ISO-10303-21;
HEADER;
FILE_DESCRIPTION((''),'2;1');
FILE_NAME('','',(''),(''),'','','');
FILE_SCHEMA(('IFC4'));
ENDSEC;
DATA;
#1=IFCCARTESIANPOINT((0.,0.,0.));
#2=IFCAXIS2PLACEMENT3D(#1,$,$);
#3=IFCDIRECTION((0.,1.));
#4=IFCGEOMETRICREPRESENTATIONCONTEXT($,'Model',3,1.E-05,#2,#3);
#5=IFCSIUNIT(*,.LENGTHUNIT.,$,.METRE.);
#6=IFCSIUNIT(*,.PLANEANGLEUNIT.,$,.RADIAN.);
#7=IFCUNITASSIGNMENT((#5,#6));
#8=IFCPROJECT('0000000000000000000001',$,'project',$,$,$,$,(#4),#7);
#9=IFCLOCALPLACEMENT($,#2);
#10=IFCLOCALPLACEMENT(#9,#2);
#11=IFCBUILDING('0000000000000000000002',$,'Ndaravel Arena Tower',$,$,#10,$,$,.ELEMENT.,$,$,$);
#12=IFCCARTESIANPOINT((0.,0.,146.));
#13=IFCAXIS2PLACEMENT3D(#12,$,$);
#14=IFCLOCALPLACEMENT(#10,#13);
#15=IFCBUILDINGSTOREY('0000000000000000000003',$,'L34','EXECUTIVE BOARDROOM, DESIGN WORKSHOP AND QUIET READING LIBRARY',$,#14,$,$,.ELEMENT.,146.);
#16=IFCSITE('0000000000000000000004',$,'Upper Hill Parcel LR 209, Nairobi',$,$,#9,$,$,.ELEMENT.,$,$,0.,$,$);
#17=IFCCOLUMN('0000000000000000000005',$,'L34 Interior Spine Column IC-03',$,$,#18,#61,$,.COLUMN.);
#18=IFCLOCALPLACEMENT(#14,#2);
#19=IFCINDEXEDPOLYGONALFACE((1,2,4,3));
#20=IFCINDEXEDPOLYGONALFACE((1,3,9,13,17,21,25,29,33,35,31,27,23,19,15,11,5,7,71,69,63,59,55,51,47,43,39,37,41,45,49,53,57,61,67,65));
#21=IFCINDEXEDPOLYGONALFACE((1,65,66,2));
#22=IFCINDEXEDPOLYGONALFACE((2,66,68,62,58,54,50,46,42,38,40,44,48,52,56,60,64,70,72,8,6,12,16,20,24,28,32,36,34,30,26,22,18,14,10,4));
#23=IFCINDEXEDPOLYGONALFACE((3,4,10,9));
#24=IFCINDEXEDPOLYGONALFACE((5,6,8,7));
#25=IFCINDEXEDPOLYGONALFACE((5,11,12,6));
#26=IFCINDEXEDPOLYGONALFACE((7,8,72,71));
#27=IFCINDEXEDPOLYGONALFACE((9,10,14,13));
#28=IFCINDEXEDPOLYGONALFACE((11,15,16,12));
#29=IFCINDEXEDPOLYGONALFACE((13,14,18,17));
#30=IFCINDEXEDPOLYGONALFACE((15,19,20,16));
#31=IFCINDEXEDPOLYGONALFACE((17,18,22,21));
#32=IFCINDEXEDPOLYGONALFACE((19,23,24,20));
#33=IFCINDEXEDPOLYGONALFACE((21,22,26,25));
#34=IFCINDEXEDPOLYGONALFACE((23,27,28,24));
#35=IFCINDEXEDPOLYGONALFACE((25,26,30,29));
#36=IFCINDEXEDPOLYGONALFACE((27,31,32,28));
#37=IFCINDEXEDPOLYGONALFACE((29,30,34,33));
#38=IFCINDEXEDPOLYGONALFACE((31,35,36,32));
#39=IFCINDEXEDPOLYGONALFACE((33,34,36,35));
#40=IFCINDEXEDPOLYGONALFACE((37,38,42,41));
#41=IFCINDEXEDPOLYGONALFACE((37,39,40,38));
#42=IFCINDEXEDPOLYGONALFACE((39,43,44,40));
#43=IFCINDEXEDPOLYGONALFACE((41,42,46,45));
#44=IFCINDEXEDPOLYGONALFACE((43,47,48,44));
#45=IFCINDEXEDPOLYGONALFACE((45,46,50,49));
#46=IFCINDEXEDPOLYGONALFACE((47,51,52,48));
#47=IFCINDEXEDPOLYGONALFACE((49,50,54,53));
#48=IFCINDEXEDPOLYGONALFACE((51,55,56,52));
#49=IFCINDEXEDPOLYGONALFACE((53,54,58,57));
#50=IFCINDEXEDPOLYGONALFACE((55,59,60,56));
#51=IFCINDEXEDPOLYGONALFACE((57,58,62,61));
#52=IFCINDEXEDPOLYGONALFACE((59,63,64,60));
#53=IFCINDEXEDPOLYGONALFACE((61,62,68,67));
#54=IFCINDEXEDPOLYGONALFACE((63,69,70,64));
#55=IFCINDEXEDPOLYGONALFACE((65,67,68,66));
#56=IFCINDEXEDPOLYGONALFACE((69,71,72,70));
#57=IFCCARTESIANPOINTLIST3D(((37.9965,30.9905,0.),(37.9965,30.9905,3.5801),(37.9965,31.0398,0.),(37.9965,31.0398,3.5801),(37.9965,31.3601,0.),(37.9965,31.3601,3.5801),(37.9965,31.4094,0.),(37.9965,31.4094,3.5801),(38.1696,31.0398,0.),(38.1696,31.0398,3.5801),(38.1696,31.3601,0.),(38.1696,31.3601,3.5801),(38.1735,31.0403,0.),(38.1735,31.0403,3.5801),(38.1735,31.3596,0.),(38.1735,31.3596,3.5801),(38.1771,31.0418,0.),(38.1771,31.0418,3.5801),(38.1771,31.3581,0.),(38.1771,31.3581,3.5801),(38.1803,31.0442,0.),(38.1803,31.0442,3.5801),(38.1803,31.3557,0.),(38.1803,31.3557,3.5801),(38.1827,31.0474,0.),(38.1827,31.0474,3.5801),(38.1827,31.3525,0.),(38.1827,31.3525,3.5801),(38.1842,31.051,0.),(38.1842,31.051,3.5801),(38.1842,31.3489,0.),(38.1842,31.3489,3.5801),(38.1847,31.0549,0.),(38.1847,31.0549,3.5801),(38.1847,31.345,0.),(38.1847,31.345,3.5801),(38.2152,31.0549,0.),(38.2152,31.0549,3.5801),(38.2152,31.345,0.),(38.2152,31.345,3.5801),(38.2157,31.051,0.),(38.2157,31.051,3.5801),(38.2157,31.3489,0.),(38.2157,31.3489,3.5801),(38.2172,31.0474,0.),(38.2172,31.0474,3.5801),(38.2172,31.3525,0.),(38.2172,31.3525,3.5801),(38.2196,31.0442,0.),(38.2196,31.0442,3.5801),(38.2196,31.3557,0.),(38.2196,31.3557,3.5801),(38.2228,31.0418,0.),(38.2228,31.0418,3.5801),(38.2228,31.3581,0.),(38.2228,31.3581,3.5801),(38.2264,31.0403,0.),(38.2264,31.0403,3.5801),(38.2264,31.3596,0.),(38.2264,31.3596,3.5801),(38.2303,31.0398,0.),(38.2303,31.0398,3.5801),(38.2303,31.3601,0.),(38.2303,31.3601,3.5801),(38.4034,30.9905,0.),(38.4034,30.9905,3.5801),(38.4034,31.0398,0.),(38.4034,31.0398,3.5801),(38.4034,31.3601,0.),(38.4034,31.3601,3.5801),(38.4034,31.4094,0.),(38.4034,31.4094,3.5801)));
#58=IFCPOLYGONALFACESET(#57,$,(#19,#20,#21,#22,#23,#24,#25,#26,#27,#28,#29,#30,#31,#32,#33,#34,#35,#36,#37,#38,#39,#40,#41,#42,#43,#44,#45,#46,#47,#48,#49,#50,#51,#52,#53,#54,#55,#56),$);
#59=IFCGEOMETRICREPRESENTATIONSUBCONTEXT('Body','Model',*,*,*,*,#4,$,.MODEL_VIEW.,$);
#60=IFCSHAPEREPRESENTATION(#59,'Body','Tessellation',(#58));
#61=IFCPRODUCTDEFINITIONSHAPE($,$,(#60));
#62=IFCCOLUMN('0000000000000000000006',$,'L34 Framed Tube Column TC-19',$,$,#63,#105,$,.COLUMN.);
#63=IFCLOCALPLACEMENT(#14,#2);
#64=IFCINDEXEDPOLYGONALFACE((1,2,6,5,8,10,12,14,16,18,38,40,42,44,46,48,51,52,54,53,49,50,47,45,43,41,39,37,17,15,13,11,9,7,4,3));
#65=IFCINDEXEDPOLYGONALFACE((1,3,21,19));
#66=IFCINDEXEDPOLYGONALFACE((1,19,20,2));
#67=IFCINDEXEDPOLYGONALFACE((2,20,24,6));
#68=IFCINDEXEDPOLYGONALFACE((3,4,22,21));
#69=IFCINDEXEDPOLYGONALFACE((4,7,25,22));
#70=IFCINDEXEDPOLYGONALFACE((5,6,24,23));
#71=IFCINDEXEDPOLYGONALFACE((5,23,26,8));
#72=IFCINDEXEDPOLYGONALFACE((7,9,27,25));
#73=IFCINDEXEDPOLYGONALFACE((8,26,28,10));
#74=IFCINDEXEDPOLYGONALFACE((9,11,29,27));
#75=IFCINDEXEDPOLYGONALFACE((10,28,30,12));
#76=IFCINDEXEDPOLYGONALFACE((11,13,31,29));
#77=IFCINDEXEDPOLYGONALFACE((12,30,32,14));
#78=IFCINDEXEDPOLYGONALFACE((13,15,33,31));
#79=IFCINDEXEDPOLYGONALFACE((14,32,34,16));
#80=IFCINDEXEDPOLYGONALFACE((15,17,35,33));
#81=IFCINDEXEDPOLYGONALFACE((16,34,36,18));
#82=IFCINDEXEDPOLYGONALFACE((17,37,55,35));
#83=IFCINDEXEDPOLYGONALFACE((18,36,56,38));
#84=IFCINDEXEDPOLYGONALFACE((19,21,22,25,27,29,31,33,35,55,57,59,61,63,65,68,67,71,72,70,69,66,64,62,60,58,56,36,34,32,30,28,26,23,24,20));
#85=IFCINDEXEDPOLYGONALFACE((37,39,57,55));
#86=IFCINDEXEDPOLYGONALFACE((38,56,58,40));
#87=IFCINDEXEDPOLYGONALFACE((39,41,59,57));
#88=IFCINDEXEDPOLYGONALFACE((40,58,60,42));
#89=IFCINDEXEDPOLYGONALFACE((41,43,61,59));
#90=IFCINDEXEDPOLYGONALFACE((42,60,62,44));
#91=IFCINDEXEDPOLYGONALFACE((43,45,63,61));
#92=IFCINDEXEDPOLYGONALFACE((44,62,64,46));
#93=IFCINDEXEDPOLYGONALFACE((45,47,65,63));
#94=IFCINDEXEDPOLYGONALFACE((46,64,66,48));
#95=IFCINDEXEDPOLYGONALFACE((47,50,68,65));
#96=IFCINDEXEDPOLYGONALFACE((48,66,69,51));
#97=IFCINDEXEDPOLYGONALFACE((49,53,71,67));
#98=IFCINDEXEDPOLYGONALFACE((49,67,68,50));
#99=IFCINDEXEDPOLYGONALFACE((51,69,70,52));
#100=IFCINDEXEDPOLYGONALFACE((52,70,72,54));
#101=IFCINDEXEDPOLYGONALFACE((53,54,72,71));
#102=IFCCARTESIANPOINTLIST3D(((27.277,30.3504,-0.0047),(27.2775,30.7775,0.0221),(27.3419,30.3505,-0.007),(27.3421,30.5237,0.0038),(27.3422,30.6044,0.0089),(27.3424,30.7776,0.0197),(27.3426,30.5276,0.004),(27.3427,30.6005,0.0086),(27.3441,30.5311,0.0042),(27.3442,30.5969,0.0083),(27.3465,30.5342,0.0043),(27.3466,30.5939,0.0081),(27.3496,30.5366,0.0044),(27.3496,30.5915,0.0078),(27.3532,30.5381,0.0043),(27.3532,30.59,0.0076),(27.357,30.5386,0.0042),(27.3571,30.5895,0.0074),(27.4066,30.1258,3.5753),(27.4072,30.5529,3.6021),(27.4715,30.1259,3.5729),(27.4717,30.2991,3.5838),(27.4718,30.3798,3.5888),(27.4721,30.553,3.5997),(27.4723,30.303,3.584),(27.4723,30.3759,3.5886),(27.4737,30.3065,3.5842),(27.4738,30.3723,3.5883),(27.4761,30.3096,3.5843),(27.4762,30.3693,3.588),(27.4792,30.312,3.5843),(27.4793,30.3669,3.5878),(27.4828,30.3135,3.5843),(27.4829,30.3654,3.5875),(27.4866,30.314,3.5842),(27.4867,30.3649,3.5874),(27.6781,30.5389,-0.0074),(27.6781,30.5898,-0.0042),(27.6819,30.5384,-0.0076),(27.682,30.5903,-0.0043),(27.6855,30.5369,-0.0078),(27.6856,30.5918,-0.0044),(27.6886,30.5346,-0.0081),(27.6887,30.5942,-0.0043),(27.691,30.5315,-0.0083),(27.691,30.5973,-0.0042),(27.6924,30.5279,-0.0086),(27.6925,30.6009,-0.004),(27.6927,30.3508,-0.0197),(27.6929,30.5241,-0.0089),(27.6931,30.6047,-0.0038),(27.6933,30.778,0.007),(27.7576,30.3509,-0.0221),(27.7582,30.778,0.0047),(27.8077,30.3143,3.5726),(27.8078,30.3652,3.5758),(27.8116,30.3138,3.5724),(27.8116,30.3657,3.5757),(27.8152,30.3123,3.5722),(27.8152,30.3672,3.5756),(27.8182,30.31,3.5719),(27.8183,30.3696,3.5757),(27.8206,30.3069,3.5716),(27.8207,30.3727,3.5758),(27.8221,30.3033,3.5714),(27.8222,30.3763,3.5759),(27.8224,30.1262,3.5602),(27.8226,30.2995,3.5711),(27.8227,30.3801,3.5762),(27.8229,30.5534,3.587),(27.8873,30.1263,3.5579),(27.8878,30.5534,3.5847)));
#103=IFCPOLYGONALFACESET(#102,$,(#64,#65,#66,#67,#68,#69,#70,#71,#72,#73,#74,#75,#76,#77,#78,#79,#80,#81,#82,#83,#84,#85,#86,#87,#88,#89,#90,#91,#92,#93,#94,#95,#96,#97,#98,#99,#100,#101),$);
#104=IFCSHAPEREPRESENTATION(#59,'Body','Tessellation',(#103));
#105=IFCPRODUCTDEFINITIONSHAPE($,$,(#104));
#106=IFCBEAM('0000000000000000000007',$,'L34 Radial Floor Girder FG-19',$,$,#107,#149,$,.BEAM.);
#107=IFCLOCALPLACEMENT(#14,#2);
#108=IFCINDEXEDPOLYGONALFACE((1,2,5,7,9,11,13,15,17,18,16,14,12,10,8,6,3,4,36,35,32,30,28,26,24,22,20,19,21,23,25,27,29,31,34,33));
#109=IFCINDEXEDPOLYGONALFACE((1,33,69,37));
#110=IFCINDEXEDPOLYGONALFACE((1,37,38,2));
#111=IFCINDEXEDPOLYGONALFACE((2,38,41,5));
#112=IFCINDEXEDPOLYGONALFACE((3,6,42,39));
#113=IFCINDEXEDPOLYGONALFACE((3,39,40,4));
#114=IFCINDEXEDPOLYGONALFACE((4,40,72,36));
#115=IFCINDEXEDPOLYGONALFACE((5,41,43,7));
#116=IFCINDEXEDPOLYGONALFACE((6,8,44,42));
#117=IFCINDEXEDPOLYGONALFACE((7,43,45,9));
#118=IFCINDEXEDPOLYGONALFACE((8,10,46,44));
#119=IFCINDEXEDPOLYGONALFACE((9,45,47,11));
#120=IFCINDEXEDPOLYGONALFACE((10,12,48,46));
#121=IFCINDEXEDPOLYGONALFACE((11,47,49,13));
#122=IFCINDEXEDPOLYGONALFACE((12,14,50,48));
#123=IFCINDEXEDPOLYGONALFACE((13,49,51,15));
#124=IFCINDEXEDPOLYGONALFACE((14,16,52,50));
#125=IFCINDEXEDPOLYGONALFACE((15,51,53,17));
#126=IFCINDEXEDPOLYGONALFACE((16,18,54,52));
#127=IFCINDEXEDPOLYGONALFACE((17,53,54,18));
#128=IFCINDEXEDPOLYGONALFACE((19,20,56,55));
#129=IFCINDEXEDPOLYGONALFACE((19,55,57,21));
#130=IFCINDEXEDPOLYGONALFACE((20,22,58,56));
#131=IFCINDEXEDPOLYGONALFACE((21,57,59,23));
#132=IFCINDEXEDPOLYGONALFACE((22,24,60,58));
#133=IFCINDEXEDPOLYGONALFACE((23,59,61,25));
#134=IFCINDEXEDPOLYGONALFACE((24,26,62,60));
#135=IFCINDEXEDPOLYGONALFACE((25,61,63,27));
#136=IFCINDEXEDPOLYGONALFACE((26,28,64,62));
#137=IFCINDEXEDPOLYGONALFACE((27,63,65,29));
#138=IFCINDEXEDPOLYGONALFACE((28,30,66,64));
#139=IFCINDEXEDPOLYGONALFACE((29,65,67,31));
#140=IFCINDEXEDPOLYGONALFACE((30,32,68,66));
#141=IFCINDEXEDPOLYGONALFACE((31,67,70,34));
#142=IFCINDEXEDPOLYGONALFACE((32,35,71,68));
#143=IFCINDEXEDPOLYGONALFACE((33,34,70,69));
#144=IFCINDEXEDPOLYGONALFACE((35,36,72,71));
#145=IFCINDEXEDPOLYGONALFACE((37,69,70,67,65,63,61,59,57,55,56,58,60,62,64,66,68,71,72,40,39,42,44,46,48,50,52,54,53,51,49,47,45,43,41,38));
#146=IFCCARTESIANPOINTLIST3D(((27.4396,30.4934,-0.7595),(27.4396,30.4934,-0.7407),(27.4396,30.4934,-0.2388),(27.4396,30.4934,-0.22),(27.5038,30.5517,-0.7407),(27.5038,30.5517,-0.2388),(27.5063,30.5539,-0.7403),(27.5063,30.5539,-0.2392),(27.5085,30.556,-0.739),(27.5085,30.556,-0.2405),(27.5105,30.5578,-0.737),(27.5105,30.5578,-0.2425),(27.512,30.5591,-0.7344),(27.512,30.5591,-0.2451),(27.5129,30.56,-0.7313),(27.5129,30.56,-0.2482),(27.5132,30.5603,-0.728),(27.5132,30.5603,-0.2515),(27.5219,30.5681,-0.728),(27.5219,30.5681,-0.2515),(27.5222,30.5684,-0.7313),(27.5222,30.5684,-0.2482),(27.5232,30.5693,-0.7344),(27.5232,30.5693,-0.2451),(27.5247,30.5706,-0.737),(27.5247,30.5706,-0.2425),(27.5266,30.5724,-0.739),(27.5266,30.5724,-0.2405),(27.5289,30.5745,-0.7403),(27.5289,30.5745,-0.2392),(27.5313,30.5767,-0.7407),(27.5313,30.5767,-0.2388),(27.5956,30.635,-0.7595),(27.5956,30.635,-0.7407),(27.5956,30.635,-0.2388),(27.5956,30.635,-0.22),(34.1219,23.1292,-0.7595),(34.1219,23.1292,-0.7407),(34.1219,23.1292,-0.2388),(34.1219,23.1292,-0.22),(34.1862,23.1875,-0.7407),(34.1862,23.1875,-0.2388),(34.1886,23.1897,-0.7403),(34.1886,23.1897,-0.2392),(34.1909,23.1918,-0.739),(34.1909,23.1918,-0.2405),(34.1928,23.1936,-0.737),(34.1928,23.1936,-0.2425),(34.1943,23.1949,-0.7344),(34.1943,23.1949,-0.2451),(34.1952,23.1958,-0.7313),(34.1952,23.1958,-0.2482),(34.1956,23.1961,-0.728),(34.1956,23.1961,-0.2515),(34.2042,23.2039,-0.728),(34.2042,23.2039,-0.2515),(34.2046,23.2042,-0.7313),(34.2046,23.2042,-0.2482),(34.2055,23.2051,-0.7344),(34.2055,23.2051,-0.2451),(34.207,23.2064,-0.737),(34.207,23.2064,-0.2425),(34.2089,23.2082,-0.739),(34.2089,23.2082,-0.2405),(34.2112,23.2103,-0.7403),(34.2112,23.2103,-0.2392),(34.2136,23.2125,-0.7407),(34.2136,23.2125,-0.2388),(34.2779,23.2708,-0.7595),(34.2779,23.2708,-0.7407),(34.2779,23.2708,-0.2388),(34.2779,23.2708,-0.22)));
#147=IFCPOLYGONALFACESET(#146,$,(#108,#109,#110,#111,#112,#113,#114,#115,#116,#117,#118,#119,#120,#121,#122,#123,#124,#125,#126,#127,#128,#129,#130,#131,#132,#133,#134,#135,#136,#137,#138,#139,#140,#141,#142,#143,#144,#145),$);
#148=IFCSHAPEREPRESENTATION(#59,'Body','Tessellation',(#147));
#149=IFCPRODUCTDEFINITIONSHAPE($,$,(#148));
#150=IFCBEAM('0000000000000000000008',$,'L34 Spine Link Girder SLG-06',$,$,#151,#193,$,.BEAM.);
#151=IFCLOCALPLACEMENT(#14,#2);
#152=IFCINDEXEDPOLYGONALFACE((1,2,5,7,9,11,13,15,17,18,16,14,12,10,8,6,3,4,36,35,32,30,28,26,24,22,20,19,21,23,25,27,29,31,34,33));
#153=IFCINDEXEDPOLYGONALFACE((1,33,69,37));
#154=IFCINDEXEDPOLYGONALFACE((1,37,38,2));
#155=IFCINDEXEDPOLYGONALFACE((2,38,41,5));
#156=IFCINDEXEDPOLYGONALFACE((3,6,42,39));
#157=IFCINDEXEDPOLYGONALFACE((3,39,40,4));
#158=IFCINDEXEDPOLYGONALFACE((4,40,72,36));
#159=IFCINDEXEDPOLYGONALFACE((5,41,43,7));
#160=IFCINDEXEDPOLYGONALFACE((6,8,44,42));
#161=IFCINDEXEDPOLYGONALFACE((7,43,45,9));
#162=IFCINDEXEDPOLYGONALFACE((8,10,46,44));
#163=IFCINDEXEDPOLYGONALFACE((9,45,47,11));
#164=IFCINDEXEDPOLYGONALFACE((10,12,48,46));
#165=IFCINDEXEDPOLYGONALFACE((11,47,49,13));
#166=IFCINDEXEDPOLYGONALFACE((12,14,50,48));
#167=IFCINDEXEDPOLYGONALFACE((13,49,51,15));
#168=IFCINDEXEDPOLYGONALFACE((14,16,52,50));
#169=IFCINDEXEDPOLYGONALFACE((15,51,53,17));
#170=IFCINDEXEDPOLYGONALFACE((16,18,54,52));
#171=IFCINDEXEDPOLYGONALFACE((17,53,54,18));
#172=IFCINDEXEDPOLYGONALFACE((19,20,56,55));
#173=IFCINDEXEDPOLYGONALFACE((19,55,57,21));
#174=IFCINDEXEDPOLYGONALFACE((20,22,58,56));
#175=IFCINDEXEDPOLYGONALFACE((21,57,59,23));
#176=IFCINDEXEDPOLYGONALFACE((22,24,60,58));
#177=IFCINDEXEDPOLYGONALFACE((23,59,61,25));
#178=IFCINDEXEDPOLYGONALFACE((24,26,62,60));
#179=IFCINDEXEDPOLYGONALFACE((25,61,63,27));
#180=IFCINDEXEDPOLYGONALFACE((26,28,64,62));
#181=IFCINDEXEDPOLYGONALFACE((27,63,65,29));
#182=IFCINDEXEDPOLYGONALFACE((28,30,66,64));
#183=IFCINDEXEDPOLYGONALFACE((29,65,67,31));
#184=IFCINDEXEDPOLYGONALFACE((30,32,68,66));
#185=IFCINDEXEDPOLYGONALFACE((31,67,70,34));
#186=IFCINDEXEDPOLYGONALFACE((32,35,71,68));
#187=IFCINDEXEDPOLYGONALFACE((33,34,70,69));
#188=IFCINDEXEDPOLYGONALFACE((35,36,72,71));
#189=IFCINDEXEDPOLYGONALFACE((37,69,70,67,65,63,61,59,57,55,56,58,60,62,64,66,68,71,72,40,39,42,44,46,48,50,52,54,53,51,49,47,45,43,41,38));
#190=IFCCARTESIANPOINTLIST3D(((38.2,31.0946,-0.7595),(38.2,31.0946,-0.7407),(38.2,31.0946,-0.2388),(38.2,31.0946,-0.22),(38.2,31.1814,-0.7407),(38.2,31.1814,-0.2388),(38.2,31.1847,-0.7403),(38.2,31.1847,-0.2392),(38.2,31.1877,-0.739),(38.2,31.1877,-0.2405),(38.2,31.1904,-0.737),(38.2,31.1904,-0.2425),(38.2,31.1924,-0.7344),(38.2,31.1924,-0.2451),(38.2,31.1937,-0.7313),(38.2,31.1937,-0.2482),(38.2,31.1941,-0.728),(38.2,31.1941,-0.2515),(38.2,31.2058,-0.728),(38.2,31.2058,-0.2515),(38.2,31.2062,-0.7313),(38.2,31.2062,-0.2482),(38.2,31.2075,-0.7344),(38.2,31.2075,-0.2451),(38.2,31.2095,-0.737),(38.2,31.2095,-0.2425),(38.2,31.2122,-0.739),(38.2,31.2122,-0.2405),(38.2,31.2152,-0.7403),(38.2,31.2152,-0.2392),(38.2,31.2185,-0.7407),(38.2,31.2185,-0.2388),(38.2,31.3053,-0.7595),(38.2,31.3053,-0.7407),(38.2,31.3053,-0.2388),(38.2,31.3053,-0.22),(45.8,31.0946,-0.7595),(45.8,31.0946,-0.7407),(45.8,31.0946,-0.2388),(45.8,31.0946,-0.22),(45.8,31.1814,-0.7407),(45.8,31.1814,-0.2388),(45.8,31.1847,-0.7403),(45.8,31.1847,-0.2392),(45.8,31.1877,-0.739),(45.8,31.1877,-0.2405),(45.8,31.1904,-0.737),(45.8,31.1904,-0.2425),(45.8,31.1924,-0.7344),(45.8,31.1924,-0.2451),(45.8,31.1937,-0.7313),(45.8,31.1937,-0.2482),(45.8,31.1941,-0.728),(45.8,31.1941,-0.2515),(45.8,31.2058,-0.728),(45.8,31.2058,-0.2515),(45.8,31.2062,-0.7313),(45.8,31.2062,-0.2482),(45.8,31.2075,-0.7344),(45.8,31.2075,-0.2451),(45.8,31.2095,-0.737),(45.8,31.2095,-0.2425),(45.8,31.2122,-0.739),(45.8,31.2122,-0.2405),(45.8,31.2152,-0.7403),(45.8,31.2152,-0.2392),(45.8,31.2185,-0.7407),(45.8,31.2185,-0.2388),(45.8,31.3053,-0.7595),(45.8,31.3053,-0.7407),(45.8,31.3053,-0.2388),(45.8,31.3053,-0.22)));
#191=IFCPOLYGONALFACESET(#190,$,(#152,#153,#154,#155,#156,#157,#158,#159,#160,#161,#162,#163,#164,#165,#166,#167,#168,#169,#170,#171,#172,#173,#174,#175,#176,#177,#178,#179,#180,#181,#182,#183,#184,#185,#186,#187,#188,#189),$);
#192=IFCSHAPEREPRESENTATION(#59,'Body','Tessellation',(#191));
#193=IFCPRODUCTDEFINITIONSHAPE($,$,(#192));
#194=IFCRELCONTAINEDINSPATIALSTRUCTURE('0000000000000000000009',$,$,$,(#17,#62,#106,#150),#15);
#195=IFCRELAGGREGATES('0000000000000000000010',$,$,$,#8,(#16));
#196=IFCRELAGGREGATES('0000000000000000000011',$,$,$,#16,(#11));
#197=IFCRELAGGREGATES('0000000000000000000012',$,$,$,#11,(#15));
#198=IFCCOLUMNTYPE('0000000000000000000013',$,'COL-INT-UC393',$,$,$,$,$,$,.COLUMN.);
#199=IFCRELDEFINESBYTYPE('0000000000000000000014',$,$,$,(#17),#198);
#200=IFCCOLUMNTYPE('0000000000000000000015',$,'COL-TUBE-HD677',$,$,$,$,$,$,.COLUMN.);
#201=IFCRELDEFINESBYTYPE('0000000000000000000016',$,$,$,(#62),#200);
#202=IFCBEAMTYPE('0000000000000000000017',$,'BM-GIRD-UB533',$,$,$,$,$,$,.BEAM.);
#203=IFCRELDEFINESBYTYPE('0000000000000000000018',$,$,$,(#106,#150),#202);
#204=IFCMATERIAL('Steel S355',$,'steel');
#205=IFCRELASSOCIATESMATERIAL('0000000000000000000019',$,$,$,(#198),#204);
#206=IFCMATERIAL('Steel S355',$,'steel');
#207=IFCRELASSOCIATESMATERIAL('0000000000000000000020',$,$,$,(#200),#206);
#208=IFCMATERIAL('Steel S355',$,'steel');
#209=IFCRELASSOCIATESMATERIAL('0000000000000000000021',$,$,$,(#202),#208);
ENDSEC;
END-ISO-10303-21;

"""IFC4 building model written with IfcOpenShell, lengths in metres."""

from ifc_helpers import new_model, si_unit, direction, frame, origin, origin_2d, place, context, subcontext, project, spatial, i_section, extrude, material, material_profile, profile_set, type_object, element, save


model = new_model("IFC4")

# Units and contexts
model_context = context("Model", 3, precision=1e-05, world=origin(), true_north=direction((0.0, 1.0)))
body_context = subcontext(model_context, "Body", "Model", "MODEL_VIEW")
ifc_project = project(units=[si_unit("LENGTHUNIT", "METRE"), si_unit("PLANEANGLEUNIT", "RADIAN")], contexts=[model_context])

# Site, building, storey
site_placement = place(None, origin())
site = spatial("IfcSite", under=ifc_project, at=site_placement, Name="Upper Hill Parcel LR 209, Nairobi", CompositionType="ELEMENT", RefElevation=0.0)
building_placement = place(site_placement, origin())
building = spatial("IfcBuilding", under=site, at=building_placement, Name="Ndaravel Arena Tower", CompositionType="ELEMENT")
storey_placement = place(building_placement, frame((0.0, 0.0, 146.0)))
storey = spatial("IfcBuildingStorey", under=building, at=storey_placement, Name="L34", Description="EXECUTIVE BOARDROOM, DESIGN WORKSHOP AND QUIET READING LIBRARY", CompositionType="ELEMENT", Elevation=146.0)

# Columns
ifc_material_1 = material(Name="Steel S355", Category="steel")
ifc_material_profile_1 = material_profile(ifc_material_1, i_section(OverallWidth=0.407, OverallDepth=0.4189, WebThickness=0.0305, FlangeThickness=0.0493, FilletRadius=0.0151, at=origin_2d()), Name="UC 356x406x393")
ifc_profile_set_1 = profile_set([ifc_material_profile_1], Name="Steel S355")
column_type_1 = type_object("IfcColumnType", Name="COL-INT-UC393", PredefinedType="COLUMN", material=ifc_profile_set_1)
column_1_placement = place(storey_placement, frame((38.2, 31.2, 0.0), z_axis=(0.0, 0.0, 1.0), x_axis=(1.0, 0.0, 0.0)))
element("IfcColumn", 1, at=column_1_placement, inside=storey, type_object=column_type_1, Name="L34 Interior Spine Column IC-03", PredefinedType="COLUMN", context=body_context, shape_type="SweptSolid", body=[
    extrude(i_section(OverallWidth=0.407, OverallDepth=0.4189, WebThickness=0.0305, FlangeThickness=0.0493, FilletRadius=0.0151, at=origin_2d()), origin(), (0.0, 0.0, 1.0), 3.5801),
])
ifc_material_2 = material(Name="Steel S355", Category="steel")
ifc_material_profile_2 = material_profile(ifc_material_2, i_section(OverallWidth=0.428, OverallDepth=0.481, WebThickness=0.051, FlangeThickness=0.0649, FilletRadius=0.0149, at=origin_2d()), Name="HD 400x677")
ifc_profile_set_2 = profile_set([ifc_material_profile_2], Name="Steel S355")
column_type_2 = type_object("IfcColumnType", Name="COL-TUBE-HD677", PredefinedType="COLUMN", material=ifc_profile_set_2)
column_2_placement = place(storey_placement, frame((27.5176, 30.5642, 0.0), z_axis=(0.036116, -0.062575, 0.997387), x_axis=(0.001264, 0.99804, 0.06257)))
element("IfcColumn", 2, at=column_2_placement, inside=storey, type_object=column_type_2, Name="L34 Framed Tube Column TC-19", PredefinedType="COLUMN", context=body_context, shape_type="SweptSolid", body=[
    extrude(i_section(OverallWidth=0.428, OverallDepth=0.481, WebThickness=0.051, FlangeThickness=0.0649, FilletRadius=0.0149, at=origin_2d()), origin(), (0.0, 0.0, 1.0), 3.5894),
])

# Beams
ifc_material_3 = material(Name="Steel S355", Category="steel")
ifc_material_profile_3 = material_profile(ifc_material_3, i_section(OverallWidth=0.2107, OverallDepth=0.5396, WebThickness=0.0117, FlangeThickness=0.0188, FilletRadius=0.0127, at=origin_2d()), Name="UB 533x210x109")
ifc_profile_set_3 = profile_set([ifc_material_profile_3], Name="Steel S355")
beam_type_1 = type_object("IfcBeamType", Name="BM-GIRD-UB533", PredefinedType="BEAM", material=ifc_profile_set_3)
beam_1_placement = place(storey_placement, frame((27.5176, 30.5642, -0.4897), z_axis=(0.671989, -0.740561, 0.0), x_axis=(0.740561, 0.671989, 0.0)))
element("IfcBeam", 3, at=beam_1_placement, inside=storey, type_object=beam_type_1, Name="L34 Radial Floor Girder FG-19", PredefinedType="BEAM", context=body_context, shape_type="SweptSolid", body=[
    extrude(i_section(OverallWidth=0.2107, OverallDepth=0.5396, WebThickness=0.0117, FlangeThickness=0.0188, FilletRadius=0.0127, at=origin_2d()), origin(), (0.0, 0.0, 1.0), 9.9441),
])
beam_2_placement = place(storey_placement, frame((38.2, 31.2, -0.4897), z_axis=(1.0, 0.0, 0.0), x_axis=(0.0, 1.0, 0.0)))
element("IfcBeam", 4, at=beam_2_placement, inside=storey, type_object=beam_type_1, Name="L34 Spine Link Girder SLG-06", PredefinedType="BEAM", context=body_context, shape_type="SweptSolid", body=[
    extrude(i_section(OverallWidth=0.2107, OverallDepth=0.5396, WebThickness=0.0117, FlangeThickness=0.0188, FilletRadius=0.0127, at=origin_2d()), origin(), (0.0, 0.0, 1.0), 7.6001),
])

save(model, "model.ifc")
